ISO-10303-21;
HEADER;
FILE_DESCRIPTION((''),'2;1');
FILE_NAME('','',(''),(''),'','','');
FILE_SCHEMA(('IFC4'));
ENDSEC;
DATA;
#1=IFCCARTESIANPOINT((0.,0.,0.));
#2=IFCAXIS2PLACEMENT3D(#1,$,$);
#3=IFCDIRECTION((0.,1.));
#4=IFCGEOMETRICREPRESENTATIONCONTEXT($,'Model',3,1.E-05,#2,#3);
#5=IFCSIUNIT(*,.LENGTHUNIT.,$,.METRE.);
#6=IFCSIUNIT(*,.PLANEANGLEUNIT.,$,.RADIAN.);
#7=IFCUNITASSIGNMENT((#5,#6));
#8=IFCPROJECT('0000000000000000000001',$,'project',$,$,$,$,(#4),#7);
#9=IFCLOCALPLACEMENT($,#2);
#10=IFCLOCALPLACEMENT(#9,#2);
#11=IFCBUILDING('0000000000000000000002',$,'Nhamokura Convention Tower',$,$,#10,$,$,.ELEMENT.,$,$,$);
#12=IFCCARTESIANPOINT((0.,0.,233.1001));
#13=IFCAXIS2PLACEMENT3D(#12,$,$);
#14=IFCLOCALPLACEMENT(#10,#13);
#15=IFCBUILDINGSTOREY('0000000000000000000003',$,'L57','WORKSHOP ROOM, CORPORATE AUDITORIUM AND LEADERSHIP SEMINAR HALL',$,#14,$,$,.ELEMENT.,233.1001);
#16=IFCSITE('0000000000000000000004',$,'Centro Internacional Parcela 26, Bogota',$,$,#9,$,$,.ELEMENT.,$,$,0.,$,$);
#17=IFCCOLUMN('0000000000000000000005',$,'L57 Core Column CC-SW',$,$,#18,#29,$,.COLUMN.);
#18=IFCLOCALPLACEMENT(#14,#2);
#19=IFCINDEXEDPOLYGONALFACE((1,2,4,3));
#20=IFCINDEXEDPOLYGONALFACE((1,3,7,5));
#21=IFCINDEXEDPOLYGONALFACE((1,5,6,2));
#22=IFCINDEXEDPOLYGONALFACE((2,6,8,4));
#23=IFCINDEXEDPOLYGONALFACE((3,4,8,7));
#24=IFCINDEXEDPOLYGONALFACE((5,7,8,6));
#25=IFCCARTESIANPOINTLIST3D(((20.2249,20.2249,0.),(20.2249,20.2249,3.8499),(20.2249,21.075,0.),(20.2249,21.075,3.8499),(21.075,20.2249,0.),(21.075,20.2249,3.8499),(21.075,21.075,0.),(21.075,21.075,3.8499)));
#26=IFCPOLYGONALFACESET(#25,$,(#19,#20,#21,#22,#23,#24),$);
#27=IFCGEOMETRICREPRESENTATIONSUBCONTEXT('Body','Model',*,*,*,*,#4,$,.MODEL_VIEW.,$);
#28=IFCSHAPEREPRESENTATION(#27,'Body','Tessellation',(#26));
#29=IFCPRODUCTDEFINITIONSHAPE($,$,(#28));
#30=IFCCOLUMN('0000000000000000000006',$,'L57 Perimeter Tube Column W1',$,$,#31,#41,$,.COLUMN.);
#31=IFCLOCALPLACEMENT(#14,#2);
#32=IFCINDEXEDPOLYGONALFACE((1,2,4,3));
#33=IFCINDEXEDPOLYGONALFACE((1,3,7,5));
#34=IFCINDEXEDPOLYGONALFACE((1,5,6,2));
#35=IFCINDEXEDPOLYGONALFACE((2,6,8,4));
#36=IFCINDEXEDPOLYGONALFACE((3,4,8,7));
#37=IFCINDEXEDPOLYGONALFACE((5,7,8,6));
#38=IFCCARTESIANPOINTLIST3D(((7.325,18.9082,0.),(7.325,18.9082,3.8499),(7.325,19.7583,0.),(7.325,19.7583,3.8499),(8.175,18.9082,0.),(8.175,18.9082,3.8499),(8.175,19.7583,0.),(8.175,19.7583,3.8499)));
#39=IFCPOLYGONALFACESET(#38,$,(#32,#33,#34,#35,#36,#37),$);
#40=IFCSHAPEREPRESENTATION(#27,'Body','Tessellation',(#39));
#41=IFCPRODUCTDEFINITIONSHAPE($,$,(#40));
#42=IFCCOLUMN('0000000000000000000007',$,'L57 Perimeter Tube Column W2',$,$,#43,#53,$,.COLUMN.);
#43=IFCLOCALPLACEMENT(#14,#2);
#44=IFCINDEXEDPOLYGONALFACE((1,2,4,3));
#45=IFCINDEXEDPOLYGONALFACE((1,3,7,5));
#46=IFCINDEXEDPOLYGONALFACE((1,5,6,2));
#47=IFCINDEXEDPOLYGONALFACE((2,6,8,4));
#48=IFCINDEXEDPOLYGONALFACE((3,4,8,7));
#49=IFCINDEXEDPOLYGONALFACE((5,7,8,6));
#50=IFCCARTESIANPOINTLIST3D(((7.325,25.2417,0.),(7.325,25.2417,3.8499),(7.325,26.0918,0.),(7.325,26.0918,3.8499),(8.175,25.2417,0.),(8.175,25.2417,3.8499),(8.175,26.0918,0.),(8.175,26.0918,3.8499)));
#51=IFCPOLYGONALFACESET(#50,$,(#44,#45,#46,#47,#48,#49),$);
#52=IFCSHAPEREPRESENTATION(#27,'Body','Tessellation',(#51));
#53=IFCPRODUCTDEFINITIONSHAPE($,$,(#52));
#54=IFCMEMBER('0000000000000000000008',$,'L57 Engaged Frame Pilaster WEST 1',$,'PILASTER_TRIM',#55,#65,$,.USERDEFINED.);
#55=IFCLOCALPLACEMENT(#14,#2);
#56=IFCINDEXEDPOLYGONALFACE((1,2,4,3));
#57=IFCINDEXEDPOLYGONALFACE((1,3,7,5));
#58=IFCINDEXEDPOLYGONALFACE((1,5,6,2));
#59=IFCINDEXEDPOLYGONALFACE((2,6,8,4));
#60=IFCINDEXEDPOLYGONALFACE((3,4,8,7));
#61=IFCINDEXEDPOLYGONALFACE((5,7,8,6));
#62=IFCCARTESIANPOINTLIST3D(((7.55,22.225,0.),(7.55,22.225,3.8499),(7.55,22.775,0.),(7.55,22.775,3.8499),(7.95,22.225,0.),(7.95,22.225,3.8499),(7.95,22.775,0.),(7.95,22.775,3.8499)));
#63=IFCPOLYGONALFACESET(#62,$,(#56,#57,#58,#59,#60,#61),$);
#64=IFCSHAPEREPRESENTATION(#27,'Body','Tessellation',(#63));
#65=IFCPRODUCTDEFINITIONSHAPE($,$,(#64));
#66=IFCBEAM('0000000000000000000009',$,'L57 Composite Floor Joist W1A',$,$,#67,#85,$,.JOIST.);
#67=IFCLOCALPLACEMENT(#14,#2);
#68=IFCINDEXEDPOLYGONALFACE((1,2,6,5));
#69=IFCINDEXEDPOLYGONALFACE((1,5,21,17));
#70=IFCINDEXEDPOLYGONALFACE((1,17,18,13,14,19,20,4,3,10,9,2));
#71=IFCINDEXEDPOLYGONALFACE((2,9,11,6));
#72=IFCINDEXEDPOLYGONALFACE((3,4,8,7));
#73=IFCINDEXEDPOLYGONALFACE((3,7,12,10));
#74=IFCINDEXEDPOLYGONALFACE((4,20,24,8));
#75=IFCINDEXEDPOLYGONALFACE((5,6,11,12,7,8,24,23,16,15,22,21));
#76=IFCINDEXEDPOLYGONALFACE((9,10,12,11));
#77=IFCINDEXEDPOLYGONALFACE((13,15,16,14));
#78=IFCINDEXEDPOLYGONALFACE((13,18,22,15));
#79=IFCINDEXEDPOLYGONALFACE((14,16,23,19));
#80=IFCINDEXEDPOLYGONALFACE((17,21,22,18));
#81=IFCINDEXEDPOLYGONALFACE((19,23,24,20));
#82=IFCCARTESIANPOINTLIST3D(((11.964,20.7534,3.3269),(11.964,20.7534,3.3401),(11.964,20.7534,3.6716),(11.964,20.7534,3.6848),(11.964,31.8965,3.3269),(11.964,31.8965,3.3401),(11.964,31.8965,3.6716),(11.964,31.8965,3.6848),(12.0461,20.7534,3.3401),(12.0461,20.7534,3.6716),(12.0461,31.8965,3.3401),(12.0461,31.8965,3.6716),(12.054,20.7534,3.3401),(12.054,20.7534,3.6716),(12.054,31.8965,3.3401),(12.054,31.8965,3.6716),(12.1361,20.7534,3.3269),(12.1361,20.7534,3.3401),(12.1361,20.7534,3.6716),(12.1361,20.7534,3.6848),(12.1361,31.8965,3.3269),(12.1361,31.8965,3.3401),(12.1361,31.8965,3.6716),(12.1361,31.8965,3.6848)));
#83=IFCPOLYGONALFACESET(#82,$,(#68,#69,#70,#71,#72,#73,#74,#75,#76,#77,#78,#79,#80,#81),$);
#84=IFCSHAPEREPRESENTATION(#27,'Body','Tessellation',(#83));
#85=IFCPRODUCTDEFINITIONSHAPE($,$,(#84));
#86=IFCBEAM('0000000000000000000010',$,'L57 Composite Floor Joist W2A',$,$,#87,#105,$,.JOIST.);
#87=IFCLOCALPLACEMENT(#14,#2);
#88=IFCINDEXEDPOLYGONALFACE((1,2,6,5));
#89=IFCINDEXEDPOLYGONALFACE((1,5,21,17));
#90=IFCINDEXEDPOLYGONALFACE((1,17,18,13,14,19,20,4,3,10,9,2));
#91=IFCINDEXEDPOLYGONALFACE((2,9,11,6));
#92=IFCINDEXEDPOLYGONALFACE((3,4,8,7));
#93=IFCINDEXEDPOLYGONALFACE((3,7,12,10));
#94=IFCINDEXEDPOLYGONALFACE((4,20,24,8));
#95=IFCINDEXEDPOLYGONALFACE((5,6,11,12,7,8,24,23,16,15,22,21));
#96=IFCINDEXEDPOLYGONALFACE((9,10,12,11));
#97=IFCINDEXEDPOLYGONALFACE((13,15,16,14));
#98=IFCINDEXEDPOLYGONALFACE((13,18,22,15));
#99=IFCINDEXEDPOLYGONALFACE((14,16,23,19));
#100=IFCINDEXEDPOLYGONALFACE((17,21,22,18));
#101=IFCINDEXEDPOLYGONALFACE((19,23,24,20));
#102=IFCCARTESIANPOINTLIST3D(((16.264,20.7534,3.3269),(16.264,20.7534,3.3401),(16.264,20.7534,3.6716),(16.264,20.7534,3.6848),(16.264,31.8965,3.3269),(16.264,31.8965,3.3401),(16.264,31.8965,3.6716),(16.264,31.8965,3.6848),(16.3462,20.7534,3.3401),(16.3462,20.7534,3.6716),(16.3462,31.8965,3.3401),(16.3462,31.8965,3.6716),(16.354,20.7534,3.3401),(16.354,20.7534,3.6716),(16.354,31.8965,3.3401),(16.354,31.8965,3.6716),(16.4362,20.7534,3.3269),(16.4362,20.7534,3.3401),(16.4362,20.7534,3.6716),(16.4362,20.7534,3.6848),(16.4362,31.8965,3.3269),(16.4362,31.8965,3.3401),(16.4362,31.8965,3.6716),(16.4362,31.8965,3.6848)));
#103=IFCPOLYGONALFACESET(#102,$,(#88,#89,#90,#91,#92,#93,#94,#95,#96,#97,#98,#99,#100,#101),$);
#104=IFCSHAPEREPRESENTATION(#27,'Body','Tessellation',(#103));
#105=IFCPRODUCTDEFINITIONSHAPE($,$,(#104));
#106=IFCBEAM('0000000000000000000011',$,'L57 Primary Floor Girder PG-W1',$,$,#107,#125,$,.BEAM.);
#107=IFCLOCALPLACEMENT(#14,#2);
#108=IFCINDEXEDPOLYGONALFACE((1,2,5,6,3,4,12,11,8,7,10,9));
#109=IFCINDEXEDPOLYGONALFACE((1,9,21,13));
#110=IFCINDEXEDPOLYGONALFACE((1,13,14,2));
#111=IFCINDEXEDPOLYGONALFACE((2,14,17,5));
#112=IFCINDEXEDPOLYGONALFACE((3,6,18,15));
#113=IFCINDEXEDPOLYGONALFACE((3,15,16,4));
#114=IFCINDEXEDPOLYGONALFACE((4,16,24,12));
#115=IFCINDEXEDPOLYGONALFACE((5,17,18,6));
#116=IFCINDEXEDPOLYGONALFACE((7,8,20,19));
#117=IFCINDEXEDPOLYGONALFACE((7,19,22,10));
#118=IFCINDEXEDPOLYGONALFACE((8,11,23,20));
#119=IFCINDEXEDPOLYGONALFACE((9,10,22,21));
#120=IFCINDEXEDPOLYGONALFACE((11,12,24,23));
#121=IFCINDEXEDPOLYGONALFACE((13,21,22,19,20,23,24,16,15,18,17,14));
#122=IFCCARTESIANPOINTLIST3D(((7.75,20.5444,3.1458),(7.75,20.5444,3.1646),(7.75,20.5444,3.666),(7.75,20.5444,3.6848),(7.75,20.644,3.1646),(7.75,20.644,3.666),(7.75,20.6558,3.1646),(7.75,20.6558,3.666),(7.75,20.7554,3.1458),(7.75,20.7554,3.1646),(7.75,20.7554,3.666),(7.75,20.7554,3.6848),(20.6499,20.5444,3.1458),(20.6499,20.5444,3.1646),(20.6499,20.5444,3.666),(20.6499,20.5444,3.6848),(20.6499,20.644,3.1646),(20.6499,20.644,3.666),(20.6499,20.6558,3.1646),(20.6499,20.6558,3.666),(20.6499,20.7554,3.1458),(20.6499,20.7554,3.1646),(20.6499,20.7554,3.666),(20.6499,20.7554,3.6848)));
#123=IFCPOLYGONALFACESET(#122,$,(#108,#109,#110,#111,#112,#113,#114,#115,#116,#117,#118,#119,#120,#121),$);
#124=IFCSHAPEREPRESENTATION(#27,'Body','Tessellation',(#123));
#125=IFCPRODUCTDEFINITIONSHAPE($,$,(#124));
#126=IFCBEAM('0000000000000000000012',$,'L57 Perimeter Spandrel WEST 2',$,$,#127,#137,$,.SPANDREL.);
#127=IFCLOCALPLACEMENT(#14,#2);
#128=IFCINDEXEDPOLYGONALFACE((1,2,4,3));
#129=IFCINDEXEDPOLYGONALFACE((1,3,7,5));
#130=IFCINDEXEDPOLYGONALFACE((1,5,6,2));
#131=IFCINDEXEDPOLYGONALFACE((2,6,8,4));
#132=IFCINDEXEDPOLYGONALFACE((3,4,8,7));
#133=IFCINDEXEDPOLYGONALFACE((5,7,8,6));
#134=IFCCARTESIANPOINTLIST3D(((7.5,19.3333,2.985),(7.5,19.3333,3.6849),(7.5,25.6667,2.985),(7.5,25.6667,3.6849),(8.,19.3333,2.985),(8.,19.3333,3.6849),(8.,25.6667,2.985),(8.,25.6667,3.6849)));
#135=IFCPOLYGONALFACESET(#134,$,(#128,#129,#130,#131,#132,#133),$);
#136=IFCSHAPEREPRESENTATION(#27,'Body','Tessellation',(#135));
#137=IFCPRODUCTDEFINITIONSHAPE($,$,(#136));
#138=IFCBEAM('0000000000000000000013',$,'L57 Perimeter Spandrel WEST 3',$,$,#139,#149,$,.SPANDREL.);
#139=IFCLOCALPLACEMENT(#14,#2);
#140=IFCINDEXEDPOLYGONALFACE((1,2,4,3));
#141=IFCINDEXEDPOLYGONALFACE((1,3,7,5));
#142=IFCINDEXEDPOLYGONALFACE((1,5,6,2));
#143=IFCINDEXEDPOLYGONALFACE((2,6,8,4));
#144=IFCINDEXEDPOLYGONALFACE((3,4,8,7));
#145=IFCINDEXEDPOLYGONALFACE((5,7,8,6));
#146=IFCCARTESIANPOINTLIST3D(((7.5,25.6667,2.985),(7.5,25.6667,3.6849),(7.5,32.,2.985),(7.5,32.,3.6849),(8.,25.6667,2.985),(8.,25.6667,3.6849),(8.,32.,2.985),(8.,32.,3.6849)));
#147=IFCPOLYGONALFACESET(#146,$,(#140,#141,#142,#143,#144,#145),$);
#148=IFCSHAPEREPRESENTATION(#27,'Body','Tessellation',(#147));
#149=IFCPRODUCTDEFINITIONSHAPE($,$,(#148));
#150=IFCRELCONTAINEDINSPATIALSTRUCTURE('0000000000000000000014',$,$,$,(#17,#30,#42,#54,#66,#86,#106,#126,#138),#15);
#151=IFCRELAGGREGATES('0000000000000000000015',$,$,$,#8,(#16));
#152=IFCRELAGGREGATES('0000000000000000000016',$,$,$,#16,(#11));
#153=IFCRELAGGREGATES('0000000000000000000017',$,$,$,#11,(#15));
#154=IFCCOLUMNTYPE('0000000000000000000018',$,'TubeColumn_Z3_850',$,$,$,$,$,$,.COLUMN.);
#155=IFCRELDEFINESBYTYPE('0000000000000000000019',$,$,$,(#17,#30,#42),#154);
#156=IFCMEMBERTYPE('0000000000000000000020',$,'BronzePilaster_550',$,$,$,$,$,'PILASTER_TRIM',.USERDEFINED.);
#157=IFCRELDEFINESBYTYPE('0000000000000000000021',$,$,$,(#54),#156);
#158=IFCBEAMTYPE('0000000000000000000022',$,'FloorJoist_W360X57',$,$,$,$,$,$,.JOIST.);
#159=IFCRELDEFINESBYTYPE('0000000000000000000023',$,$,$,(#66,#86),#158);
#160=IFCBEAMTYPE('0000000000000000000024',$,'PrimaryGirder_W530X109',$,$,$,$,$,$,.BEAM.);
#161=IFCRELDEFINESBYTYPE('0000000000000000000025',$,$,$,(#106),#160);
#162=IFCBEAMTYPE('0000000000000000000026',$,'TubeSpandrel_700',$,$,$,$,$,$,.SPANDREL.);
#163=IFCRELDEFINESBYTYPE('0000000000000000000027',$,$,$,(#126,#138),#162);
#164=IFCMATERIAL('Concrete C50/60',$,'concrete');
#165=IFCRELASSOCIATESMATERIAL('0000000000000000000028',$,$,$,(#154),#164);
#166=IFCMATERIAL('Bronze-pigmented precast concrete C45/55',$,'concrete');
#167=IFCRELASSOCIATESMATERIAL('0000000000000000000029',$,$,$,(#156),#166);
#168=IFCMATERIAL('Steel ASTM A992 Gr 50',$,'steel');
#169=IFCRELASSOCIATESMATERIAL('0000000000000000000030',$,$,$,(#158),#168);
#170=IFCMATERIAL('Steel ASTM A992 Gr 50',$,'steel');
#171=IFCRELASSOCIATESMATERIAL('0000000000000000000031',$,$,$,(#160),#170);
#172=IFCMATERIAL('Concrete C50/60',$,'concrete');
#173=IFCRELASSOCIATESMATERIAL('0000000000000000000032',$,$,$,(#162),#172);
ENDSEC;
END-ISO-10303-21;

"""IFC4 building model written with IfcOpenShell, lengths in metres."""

from ifc_helpers import new_model, si_unit, direction, frame, origin, origin_2d, place, context, subcontext, project, spatial, rectangle, i_section, extrude, material, material_profile, profile_set, type_object, element, save


model = new_model("IFC4")

# Units and contexts
model_context = context("Model", 3, precision=1e-05, world=origin(), true_north=direction((0.0, 1.0)))
body_context = subcontext(model_context, "Body", "Model", "MODEL_VIEW")
ifc_project = project(units=[si_unit("LENGTHUNIT", "METRE"), si_unit("PLANEANGLEUNIT", "RADIAN")], contexts=[model_context])

# Site, building, storey
site_placement = place(None, origin())
site = spatial("IfcSite", under=ifc_project, at=site_placement, Name="Centro Internacional Parcela 26, Bogota", CompositionType="ELEMENT", RefElevation=0.0)
building_placement = place(site_placement, origin())
building = spatial("IfcBuilding", under=site, at=building_placement, Name="Nhamokura Convention Tower", CompositionType="ELEMENT")
storey_placement = place(building_placement, frame((0.0, 0.0, 233.1001)))
storey = spatial("IfcBuildingStorey", under=building, at=storey_placement, Name="L57", Description="WORKSHOP ROOM, CORPORATE AUDITORIUM AND LEADERSHIP SEMINAR HALL", CompositionType="ELEMENT", Elevation=233.1001)

# Columns
ifc_material_1 = material(Name="Concrete C50/60", Category="concrete")
ifc_material_profile_1 = material_profile(ifc_material_1, rectangle(XDim=0.8501, YDim=0.8501, at=origin_2d()))
ifc_profile_set_1 = profile_set([ifc_material_profile_1], Name="Concrete C50/60")
column_type = type_object("IfcColumnType", Name="TubeColumn_Z3_850", PredefinedType="COLUMN", material=ifc_profile_set_1)
for number, where, z_axis, x_axis, name in (
    (1, (20.6499, 20.6499, 0.0), (0.0, 0.0, 1.0), (1.0, 0.0, 0.0), "L57 Core Column CC-SW"),
    (2, (7.75, 19.3333, 0.0), (0.0, 0.0, 1.0), (1.0, 0.0, 0.0), "L57 Perimeter Tube Column W1"),
    (3, (7.75, 25.6667, 0.0), (0.0, 0.0, 1.0), (1.0, 0.0, 0.0), "L57 Perimeter Tube Column W2"),
):
    element("IfcColumn", number, at=place(storey_placement, frame(where, z_axis=z_axis, x_axis=x_axis)), inside=storey, type_object=column_type, Name=name, PredefinedType="COLUMN", context=body_context, shape_type="SweptSolid", body=[
        extrude(rectangle(XDim=0.8501, YDim=0.8501, at=origin_2d()), origin(), (0.0, 0.0, 1.0), 3.8499),
    ])

# Member
ifc_material_2 = material(Name="Bronze-pigmented precast concrete C45/55", Category="concrete")
ifc_material_profile_2 = material_profile(ifc_material_2, rectangle(XDim=0.3999, YDim=0.55, at=origin_2d()))
ifc_profile_set_2 = profile_set([ifc_material_profile_2], Name="Bronze-pigmented precast concrete C45/55")
member_type = type_object("IfcMemberType", Name="BronzePilaster_550", ElementType="PILASTER_TRIM", PredefinedType="USERDEFINED", material=ifc_profile_set_2)
member_placement = place(storey_placement, frame((7.75, 22.5, 0.0), z_axis=(0.0, 0.0, 1.0), x_axis=(1.0, 0.0, 0.0)))
element("IfcMember", 4, at=member_placement, inside=storey, type_object=member_type, Name="L57 Engaged Frame Pilaster WEST 1", ObjectType="PILASTER_TRIM", PredefinedType="USERDEFINED", context=body_context, shape_type="SweptSolid", body=[
    extrude(rectangle(XDim=0.3999, YDim=0.55, at=origin_2d()), origin(), (0.0, 0.0, 1.0), 3.8499),
])

# Beams
ifc_material_3 = material(Name="Steel ASTM A992 Gr 50", Category="steel")
ifc_material_profile_3 = material_profile(ifc_material_3, i_section(OverallWidth=0.1721, OverallDepth=0.3579, WebThickness=0.0078, FlangeThickness=0.0132, at=origin_2d()))
ifc_profile_set_3 = profile_set([ifc_material_profile_3], Name="Steel ASTM A992 Gr 50")
beam_type_1 = type_object("IfcBeamType", Name="FloorJoist_W360X57", PredefinedType="JOIST", material=ifc_profile_set_3)
for number, where, z_axis, x_axis, name in (
    (5, (12.05, 20.7534, 3.5059), (0.0, 1.0, 0.0), (-1.0, 0.0, 0.0), "L57 Composite Floor Joist W1A"),
    (6, (16.3501, 20.7534, 3.5059), (0.0, 1.0, 0.0), (-1.0, 0.0, 0.0), "L57 Composite Floor Joist W2A"),
):
    element("IfcBeam", number, at=place(storey_placement, frame(where, z_axis=z_axis, x_axis=x_axis)), inside=storey, type_object=beam_type_1, Name=name, PredefinedType="JOIST", context=body_context, shape_type="SweptSolid", body=[
        extrude(i_section(OverallWidth=0.1721, OverallDepth=0.3579, WebThickness=0.0078, FlangeThickness=0.0132, at=origin_2d()), origin(), (0.0, 0.0, 1.0), 11.1431),
    ])
ifc_material_4 = material(Name="Steel ASTM A992 Gr 50", Category="steel")
ifc_material_profile_4 = material_profile(ifc_material_4, i_section(OverallWidth=0.2109, OverallDepth=0.5391, WebThickness=0.0117, FlangeThickness=0.0188, at=origin_2d()))
ifc_profile_set_4 = profile_set([ifc_material_profile_4], Name="Steel ASTM A992 Gr 50")
beam_type_2 = type_object("IfcBeamType", Name="PrimaryGirder_W530X109", PredefinedType="BEAM", material=ifc_profile_set_4)
beam_1_placement = place(storey_placement, frame((7.75, 20.6499, 3.4153), z_axis=(1.0, 0.0, 0.0), x_axis=(0.0, 1.0, 0.0)))
element("IfcBeam", 7, at=beam_1_placement, inside=storey, type_object=beam_type_2, Name="L57 Primary Floor Girder PG-W1", PredefinedType="BEAM", context=body_context, shape_type="SweptSolid", body=[
    extrude(i_section(OverallWidth=0.2109, OverallDepth=0.5391, WebThickness=0.0117, FlangeThickness=0.0188, at=origin_2d()), origin(), (0.0, 0.0, 1.0), 12.8999),
])
ifc_material_5 = material(Name="Concrete C50/60", Category="concrete")
ifc_material_profile_5 = material_profile(ifc_material_5, rectangle(XDim=0.5, YDim=0.7, at=origin_2d()))
ifc_profile_set_5 = profile_set([ifc_material_profile_5], Name="Concrete C50/60")
beam_type_3 = type_object("IfcBeamType", Name="TubeSpandrel_700", PredefinedType="SPANDREL", material=ifc_profile_set_5)
beam_2_placement = place(storey_placement, frame((7.75, 19.3333, 3.335), z_axis=(0.0, 1.0, 0.0), x_axis=(-1.0, 0.0, 0.0)))
element("IfcBeam", 8, at=beam_2_placement, inside=storey, type_object=beam_type_3, Name="L57 Perimeter Spandrel WEST 2", PredefinedType="SPANDREL", context=body_context, shape_type="SweptSolid", body=[
    extrude(rectangle(XDim=0.5, YDim=0.7, at=origin_2d()), origin(), (0.0, 0.0, 1.0), 6.3335),
])
beam_3_placement = place(storey_placement, frame((7.75, 25.6667, 3.335), z_axis=(0.0, 1.0, 0.0), x_axis=(-1.0, 0.0, 0.0)))
element("IfcBeam", 9, at=beam_3_placement, inside=storey, type_object=beam_type_3, Name="L57 Perimeter Spandrel WEST 3", PredefinedType="SPANDREL", context=body_context, shape_type="SweptSolid", body=[
    extrude(rectangle(XDim=0.5, YDim=0.7, at=origin_2d()), origin(), (0.0, 0.0, 1.0), 6.3333),
])

save(model, "model.ifc")
